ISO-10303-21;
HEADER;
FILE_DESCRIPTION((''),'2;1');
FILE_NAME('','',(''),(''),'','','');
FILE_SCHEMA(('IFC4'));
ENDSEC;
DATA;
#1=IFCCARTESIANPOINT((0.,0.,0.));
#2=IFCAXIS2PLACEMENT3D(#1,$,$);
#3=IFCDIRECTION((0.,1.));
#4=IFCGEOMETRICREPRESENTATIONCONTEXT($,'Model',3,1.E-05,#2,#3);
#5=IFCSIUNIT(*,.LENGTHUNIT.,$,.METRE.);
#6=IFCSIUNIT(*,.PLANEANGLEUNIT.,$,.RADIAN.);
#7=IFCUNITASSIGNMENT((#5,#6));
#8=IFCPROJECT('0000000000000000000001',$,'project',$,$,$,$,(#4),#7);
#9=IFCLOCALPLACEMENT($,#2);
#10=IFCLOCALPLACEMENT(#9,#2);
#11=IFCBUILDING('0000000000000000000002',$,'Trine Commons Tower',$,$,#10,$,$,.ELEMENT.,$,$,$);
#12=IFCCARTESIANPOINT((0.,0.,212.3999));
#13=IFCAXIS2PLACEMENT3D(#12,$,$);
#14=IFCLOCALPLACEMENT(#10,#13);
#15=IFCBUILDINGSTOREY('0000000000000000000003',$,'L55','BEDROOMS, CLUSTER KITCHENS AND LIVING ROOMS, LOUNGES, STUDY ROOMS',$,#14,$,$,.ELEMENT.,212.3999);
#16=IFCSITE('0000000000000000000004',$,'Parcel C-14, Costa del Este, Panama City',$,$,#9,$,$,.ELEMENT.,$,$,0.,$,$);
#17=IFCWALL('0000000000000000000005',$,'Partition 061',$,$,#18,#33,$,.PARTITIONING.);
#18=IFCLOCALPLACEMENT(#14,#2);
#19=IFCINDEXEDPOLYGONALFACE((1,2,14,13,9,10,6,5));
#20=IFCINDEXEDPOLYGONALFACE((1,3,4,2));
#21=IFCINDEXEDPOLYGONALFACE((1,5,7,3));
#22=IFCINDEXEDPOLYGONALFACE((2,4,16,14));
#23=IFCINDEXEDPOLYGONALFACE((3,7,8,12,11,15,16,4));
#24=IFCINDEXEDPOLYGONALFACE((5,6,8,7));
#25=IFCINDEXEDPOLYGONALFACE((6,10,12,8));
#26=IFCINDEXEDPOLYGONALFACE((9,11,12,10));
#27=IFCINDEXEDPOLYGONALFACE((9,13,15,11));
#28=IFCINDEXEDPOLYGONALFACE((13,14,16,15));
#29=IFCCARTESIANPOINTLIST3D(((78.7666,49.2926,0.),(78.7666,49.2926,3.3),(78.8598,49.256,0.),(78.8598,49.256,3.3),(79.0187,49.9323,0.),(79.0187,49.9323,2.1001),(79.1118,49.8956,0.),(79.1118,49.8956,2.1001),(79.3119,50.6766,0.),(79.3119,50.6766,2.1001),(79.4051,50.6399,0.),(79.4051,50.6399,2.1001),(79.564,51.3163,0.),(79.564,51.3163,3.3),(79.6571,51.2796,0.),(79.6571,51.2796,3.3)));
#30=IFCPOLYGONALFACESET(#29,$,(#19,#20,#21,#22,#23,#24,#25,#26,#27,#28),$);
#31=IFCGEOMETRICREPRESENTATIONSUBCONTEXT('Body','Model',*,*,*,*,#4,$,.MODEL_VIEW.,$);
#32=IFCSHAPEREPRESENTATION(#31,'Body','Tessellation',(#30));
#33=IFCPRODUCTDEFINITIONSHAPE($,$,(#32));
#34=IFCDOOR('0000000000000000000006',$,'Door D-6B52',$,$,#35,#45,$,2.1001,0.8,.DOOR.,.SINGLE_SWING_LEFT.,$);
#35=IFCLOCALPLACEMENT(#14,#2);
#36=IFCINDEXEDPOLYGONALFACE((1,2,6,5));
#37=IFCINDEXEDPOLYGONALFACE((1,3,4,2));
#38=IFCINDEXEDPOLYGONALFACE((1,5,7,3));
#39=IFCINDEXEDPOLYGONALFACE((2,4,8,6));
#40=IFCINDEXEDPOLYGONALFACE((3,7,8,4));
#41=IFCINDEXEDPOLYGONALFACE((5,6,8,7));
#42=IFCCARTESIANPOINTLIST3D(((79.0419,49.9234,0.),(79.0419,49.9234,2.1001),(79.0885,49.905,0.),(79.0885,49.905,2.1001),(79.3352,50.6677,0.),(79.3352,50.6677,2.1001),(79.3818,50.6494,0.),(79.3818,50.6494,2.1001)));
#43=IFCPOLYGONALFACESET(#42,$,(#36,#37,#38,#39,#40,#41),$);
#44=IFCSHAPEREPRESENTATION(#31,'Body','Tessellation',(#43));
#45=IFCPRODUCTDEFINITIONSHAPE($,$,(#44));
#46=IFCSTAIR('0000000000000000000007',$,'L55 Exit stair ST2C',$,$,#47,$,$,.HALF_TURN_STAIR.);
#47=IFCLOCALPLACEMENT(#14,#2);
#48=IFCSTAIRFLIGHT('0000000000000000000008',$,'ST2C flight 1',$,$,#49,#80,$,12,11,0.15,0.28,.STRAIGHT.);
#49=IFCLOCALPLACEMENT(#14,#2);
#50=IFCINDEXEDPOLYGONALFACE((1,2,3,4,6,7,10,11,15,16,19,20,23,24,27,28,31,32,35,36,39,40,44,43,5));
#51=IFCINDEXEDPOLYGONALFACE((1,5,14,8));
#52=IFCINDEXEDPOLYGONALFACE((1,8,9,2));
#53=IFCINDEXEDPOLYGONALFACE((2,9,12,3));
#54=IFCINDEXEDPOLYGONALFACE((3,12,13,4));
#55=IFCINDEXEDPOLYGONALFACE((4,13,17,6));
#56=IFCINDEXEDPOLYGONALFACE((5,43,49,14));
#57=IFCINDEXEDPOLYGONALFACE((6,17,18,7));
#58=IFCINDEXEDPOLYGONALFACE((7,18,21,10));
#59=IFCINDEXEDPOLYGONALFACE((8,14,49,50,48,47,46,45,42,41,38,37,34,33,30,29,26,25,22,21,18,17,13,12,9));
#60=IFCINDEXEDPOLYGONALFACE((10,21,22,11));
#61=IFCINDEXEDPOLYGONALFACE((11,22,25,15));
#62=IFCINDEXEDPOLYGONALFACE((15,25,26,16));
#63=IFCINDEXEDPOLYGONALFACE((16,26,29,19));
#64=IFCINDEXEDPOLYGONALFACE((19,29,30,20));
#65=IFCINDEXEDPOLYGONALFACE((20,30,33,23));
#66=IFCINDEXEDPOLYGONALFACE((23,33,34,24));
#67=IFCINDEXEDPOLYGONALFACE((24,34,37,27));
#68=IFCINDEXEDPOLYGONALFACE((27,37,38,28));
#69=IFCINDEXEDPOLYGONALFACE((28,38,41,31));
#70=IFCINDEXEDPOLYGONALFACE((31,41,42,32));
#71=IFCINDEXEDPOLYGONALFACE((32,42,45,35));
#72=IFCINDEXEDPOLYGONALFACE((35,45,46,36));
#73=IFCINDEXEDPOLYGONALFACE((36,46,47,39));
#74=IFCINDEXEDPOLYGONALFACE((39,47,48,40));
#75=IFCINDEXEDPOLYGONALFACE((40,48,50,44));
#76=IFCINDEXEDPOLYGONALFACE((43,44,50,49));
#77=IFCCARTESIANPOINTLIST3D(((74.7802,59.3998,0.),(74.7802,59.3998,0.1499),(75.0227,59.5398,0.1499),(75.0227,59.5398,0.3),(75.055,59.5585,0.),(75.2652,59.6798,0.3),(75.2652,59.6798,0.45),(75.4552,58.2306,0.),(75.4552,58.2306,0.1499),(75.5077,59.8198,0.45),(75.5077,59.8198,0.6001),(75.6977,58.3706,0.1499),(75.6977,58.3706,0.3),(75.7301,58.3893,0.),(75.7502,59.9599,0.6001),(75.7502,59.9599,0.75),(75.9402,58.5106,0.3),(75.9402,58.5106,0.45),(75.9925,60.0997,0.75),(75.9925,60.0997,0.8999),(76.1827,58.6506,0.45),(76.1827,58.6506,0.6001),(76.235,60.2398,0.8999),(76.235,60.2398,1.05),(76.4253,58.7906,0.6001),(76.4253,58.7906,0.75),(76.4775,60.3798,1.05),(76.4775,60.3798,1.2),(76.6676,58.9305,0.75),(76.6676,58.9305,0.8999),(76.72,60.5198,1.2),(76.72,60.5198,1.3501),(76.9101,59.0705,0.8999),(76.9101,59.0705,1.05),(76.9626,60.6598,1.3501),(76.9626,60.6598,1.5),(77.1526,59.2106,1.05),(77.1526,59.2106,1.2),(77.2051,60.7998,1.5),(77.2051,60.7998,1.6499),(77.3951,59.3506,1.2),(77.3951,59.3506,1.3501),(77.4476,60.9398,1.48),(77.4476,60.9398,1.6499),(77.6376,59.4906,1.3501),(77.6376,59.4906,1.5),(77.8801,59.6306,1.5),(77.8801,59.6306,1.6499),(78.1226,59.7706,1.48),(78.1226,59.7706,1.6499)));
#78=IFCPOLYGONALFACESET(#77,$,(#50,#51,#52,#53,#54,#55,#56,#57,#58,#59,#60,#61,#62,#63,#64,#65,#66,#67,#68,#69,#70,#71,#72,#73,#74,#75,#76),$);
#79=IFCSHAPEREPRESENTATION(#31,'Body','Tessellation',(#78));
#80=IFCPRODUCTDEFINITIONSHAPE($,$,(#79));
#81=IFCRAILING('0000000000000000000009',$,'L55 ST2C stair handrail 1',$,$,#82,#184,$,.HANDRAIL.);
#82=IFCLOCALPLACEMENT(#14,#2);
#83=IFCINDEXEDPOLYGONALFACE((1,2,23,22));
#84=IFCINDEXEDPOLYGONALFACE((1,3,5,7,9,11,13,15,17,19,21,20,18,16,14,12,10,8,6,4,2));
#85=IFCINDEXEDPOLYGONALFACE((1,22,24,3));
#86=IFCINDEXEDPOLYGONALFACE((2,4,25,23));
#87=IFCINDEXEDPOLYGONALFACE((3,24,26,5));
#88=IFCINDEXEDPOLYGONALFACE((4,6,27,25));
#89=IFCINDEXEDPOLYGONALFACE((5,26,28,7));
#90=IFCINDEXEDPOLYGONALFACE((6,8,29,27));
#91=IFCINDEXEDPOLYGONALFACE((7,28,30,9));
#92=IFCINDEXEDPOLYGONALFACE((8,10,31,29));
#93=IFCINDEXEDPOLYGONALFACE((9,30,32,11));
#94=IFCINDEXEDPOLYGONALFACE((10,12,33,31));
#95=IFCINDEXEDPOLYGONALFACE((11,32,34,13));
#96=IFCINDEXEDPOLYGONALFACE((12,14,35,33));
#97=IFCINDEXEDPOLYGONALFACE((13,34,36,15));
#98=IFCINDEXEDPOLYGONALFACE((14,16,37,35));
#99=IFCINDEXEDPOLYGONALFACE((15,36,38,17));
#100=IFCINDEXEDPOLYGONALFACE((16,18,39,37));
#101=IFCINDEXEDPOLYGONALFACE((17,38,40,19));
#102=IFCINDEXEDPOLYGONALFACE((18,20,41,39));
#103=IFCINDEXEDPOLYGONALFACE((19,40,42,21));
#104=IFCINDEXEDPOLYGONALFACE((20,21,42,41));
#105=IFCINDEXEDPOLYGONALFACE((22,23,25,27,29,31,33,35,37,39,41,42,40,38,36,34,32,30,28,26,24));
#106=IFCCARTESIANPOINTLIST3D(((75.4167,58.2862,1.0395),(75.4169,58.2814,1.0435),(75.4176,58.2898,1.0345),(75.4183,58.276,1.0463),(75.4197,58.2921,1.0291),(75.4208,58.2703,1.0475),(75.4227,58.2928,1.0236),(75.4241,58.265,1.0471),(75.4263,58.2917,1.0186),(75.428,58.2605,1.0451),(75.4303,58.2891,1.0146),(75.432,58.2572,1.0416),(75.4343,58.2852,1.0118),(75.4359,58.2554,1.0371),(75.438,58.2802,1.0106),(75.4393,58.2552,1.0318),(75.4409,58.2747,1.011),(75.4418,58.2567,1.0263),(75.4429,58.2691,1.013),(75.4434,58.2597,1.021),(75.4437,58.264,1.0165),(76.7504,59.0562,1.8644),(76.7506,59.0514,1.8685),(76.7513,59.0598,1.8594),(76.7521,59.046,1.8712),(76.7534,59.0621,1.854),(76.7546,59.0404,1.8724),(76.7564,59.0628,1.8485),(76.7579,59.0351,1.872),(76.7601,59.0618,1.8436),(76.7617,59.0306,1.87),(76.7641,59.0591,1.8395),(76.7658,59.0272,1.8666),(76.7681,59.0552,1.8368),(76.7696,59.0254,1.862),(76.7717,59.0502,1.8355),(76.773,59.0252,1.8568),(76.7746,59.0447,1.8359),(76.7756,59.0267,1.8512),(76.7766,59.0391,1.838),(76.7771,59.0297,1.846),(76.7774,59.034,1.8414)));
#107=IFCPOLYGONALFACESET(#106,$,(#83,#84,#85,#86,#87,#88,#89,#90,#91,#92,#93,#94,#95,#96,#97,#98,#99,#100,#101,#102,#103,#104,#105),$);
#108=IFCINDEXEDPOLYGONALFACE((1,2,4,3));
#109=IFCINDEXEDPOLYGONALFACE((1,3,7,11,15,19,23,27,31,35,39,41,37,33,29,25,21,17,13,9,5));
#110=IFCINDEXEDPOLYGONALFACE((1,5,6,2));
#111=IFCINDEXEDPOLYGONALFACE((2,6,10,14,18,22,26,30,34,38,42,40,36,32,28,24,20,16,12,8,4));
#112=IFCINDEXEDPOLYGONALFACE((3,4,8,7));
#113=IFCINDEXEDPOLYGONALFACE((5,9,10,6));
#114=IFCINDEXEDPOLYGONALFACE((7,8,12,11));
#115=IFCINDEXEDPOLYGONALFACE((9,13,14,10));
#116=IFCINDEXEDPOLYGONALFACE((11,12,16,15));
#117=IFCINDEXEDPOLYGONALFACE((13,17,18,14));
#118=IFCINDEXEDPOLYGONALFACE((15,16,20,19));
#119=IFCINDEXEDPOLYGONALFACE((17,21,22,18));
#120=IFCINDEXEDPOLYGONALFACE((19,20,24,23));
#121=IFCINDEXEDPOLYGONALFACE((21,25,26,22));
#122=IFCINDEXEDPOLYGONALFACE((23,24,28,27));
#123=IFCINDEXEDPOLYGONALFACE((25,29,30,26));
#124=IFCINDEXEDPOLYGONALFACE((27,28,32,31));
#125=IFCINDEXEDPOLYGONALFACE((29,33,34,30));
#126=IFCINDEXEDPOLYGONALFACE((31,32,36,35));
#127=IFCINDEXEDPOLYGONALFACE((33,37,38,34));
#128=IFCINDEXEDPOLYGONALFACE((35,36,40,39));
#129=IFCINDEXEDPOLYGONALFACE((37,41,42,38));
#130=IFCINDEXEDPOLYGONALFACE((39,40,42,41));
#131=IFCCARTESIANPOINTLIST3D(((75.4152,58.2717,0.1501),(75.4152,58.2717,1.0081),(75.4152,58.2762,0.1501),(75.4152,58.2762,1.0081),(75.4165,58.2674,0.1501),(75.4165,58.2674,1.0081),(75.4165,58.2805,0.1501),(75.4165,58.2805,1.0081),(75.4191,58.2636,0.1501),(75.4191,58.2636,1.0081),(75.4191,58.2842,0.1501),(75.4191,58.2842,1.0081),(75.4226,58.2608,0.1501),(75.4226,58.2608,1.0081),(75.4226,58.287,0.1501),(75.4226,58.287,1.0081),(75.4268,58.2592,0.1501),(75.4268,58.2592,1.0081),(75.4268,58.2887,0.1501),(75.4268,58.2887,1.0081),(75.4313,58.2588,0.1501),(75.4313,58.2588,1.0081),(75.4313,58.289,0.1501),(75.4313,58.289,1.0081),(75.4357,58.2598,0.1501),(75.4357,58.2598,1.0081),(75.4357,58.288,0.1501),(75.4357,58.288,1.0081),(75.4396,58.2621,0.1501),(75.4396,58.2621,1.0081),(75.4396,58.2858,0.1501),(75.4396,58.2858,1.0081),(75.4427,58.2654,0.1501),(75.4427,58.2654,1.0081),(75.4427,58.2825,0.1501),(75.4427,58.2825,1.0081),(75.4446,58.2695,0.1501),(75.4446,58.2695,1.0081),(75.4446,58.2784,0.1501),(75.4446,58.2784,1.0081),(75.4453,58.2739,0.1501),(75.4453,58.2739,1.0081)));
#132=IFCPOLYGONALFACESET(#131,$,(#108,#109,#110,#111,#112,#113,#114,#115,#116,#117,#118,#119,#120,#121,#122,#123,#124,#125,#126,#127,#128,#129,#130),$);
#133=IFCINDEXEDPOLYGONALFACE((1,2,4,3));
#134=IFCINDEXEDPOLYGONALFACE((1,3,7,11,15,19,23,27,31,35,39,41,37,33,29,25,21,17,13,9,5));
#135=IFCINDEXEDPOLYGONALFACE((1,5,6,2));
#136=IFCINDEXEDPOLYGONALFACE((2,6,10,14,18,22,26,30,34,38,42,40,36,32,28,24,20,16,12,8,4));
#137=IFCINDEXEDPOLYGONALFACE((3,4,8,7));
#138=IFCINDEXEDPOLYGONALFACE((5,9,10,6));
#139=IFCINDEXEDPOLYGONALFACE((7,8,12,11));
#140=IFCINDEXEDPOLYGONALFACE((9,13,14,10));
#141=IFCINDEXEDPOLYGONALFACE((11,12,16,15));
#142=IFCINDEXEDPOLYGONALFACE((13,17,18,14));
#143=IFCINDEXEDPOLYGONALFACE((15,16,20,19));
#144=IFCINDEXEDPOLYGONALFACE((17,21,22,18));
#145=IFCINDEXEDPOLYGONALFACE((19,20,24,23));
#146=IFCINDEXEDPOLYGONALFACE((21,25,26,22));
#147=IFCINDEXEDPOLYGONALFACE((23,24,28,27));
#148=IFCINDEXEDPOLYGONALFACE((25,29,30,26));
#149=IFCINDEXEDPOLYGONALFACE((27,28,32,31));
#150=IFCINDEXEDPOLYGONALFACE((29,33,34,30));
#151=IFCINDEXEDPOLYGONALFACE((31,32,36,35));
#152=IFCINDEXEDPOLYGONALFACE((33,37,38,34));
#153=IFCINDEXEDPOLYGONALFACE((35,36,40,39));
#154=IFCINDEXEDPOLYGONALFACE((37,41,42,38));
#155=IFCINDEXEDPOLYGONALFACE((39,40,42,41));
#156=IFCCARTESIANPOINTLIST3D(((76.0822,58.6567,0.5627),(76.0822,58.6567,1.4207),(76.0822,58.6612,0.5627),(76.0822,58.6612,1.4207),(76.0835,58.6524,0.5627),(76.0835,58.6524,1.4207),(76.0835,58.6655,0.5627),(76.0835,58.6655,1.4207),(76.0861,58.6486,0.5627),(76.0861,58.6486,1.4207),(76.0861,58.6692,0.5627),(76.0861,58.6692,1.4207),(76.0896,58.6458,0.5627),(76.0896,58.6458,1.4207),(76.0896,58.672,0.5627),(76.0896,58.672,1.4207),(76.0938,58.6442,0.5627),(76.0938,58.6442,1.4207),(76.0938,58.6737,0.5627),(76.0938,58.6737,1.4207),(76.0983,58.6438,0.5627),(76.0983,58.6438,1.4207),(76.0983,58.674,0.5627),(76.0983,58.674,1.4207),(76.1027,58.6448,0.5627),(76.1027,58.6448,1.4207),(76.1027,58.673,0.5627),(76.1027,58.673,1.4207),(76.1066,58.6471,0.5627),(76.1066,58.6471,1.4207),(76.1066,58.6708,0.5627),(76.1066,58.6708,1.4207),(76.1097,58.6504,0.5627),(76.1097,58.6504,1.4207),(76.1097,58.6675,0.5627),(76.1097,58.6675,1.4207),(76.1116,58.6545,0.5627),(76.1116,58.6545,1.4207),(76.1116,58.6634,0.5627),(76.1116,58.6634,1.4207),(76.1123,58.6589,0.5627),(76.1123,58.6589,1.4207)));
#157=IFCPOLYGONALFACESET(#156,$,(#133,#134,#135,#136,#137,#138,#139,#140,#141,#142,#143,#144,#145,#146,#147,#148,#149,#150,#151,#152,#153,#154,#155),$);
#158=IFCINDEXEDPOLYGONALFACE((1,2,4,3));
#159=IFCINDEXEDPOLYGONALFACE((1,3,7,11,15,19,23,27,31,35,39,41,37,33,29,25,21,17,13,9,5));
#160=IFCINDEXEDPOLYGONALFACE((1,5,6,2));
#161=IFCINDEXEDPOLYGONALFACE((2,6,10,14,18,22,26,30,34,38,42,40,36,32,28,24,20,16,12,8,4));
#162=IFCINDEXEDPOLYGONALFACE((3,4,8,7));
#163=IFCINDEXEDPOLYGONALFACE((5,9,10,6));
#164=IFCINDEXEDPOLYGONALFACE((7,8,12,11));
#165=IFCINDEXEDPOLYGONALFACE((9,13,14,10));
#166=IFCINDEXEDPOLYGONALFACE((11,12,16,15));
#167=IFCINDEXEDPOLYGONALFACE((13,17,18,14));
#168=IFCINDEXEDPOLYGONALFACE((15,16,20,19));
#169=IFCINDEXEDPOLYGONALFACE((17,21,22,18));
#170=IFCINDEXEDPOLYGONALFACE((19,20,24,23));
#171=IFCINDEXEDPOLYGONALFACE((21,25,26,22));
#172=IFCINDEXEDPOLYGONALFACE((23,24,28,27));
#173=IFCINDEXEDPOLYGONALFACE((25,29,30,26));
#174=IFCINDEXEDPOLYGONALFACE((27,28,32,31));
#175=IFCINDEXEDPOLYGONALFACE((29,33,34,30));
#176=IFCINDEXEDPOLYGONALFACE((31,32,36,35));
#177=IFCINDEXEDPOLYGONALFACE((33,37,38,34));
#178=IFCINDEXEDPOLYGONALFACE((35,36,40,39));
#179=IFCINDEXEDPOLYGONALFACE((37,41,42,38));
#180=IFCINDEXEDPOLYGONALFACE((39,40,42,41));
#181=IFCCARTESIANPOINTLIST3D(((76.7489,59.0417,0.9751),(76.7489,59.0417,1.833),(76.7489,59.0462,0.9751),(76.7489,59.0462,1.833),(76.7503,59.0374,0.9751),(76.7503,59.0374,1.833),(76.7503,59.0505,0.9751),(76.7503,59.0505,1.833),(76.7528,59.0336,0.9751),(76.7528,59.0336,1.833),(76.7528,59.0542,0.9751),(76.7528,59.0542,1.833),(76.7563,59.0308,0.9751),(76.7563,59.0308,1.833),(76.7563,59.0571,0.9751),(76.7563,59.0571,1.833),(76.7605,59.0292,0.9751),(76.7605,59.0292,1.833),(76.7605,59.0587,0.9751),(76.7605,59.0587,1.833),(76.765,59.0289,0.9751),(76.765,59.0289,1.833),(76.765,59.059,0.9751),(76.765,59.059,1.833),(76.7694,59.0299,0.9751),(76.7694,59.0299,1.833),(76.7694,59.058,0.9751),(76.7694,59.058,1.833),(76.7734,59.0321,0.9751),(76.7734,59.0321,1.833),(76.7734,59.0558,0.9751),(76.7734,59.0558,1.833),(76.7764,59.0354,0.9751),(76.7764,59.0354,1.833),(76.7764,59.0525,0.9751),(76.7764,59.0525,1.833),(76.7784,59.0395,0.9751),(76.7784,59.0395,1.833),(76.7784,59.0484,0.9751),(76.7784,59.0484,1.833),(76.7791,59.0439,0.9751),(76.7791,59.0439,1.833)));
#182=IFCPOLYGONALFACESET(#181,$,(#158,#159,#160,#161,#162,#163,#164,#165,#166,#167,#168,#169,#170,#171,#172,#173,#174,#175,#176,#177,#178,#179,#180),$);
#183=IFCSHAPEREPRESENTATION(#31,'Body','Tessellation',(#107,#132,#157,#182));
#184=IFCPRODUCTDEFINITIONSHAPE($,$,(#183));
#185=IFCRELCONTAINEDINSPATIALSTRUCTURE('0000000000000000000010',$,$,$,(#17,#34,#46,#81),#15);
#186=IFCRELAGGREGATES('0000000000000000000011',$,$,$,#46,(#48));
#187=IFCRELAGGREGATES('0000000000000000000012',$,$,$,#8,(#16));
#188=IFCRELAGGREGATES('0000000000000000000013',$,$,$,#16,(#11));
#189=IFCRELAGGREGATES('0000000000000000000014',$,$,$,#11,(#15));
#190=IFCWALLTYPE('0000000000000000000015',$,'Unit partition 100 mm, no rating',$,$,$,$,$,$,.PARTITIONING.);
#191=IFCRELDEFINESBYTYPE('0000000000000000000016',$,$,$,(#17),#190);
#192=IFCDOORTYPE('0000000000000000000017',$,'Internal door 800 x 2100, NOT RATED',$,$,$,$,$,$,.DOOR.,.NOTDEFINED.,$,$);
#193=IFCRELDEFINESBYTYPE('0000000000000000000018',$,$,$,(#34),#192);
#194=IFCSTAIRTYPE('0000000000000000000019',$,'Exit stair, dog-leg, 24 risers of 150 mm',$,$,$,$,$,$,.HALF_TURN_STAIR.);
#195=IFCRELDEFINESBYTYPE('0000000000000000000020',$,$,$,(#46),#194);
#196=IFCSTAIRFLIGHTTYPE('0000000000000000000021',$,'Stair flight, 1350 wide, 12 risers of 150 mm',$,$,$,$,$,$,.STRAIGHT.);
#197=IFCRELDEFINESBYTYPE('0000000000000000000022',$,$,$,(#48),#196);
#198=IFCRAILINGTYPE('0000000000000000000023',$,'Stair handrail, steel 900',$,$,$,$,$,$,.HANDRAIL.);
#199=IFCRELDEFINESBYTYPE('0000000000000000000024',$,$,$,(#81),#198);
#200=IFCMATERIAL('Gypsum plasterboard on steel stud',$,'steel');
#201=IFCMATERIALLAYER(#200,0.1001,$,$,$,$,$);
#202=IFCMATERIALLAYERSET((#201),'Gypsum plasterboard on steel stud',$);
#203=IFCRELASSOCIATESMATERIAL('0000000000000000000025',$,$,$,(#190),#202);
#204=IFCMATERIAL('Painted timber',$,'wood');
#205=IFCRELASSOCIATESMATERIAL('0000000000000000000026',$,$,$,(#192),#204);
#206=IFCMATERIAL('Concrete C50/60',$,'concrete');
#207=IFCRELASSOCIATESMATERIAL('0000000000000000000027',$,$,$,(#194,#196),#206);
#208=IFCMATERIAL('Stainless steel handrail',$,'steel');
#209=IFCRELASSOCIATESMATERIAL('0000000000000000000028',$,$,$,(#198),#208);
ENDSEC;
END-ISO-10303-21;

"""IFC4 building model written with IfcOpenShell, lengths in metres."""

from ifc_helpers import new_model, si_unit, direction, frame, frame_2d, origin, origin_2d, place, context, subcontext, project, spatial, polyline, rectangle, circle, outline, extrude, material, layer, layer_set, type_object, element, fill, aggregate, save


model = new_model("IFC4")

# Units and contexts
model_context = context("Model", 3, precision=1e-05, world=origin(), true_north=direction((0.0, 1.0)))
body_context = subcontext(model_context, "Body", "Model", "MODEL_VIEW")
ifc_project = project(units=[si_unit("LENGTHUNIT", "METRE"), si_unit("PLANEANGLEUNIT", "RADIAN")], contexts=[model_context])

# Site, building, storey
site_placement = place(None, origin())
site = spatial("IfcSite", under=ifc_project, at=site_placement, Name="Parcel C-14, Costa del Este, Panama City", CompositionType="ELEMENT", RefElevation=0.0)
building_placement = place(site_placement, origin())
building = spatial("IfcBuilding", under=site, at=building_placement, Name="Trine Commons Tower", CompositionType="ELEMENT")
storey_placement = place(building_placement, frame((0.0, 0.0, 212.3999)))
storey = spatial("IfcBuildingStorey", under=building, at=storey_placement, Name="L55", Description="BEDROOMS, CLUSTER KITCHENS AND LIVING ROOMS, LOUNGES, STUDY ROOMS", CompositionType="ELEMENT", Elevation=212.3999)

# Shared definitions
ifc_material_1 = material(Name="Gypsum plasterboard on steel stud", Category="steel")

# Shared definitions
ifc_layer_1 = layer(ifc_material_1, 0.1001)
ifc_layer_set_1 = layer_set([ifc_layer_1], Name="Gypsum plasterboard on steel stud")
wall_type_1 = type_object("IfcWallType", Name="Unit partition 100 mm, no rating", PredefinedType="PARTITIONING", material=ifc_layer_set_1)
ifc_material_2 = material(Name="Painted timber", Category="wood")
door_type_1 = type_object("IfcDoorType", Name="Internal door 800 x 2100, NOT RATED", OperationType="NOTDEFINED", PredefinedType="DOOR", material=ifc_material_2)

# Wall, opening, door
wall_1_placement = place(storey_placement, frame((78.8132, 49.2744, 0.0), z_axis=(0.0, 0.0, 1.0), x_axis=(0.366586, 0.930384, 0.0)))
wall_1 = element("IfcWall", 1, at=wall_1_placement, inside=storey, type_object=wall_type_1, Name="Partition 061", PredefinedType="PARTITIONING", context=body_context, shape_type="SweptSolid", body=[
    extrude(rectangle(XDim=2.175, YDim=0.1001, at=frame_2d((1.0874, 0.0))), origin(), (0.0, 0.0, 1.0), 3.3),
])
opening_1_placement = place(wall_1_placement, frame((0.6875, 0.0, 0.0)))
opening_1 = element("IfcOpeningElement", 2, at=opening_1_placement, cuts=wall_1, PredefinedType="OPENING", context=body_context, shape_type="SweptSolid", body=[
    extrude(rectangle(XDim=0.8, YDim=2.1001, at=frame_2d((0.3999, 1.05))), frame((0.0, 0.0601, 0.0), z_axis=(0.0, -1.0, 0.0), x_axis=(1.0, 0.0, 0.0)), (0.0, 0.0, 1.0), 0.1201),
])
door_1_placement = place(opening_1_placement, frame((0.8, 0.0, 0.0), z_axis=(0.0, 0.0, 1.0), x_axis=(-1.0, 0.0, 0.0)))
door_1 = element("IfcDoor", 3, at=door_1_placement, inside=storey, type_object=door_type_1, Name="Door D-6B52", OperationType="SINGLE_SWING_LEFT", OverallHeight=2.1001, OverallWidth=0.8, PredefinedType="DOOR", context=body_context, shape_type="SweptSolid", body=[
    extrude(rectangle(XDim=0.8, YDim=2.1001, at=frame_2d((0.3999, 1.05))), frame((0.0, 0.0249, 0.0), z_axis=(0.0, -1.0, 0.0), x_axis=(1.0, 0.0, 0.0)), (0.0, 0.0, 1.0), 0.05),
])
fill(opening_1, door_1)

# Stair, stair flight
ifc_material_3 = material(Name="Concrete C50/60", Category="concrete")
stair_type = type_object("IfcStairType", Name="Exit stair, dog-leg, 24 risers of 150 mm", PredefinedType="HALF_TURN_STAIR", material=ifc_material_3)
stair_placement = place(storey_placement, origin())
stair = element("IfcStair", 4, at=stair_placement, inside=storey, type_object=stair_type, Name="L55 Exit stair ST2C", PredefinedType="HALF_TURN_STAIR")
stair_flight_type = type_object("IfcStairFlightType", Name="Stair flight, 1350 wide, 12 risers of 150 mm", PredefinedType="STRAIGHT", material=ifc_material_3)
stair_flight_placement = place(storey_placement, frame((75.1177, 58.8152, 0.0), z_axis=(0.0, 0.0, 1.0), x_axis=(0.866025, 0.5, 0.0)))
stair_flight = element("IfcStairFlight", 5, at=stair_flight_placement, type_object=stair_flight_type, Name="ST2C flight 1", NumberOfRisers=12, NumberOfTreads=11, PredefinedType="STRAIGHT", RiserHeight=0.15, TreadLength=0.28, context=body_context, shape_type="SweptSolid", body=[
    extrude(outline(polyline([(0.0, 0.0), (0.0, 0.1499), (0.28, 0.1499), (0.28, 0.3), (0.5601, 0.3), (0.5601, 0.45), (0.8401, 0.45), (0.8401, 0.6001), (1.1201, 0.6001), (1.1201, 0.75), (1.3999, 0.75), (1.3999, 0.8999), (1.6799, 0.8999), (1.6799, 1.05), (1.96, 1.05), (1.96, 1.2), (2.24, 1.2), (2.24, 1.3501), (2.52, 1.3501), (2.52, 1.5), (2.8, 1.5), (2.8, 1.6499), (3.0801, 1.6499), (3.0801, 1.8), (3.0801, 1.48), (0.3174, 0.0), (0.0, 0.0)])), frame((0.0, 0.675, 0.0), z_axis=(0.0, -1.0, 0.0), x_axis=(1.0, 0.0, 0.0)), (0.0, 0.0, 1.0), 1.3501),
])
aggregate(stair, [stair_flight])

# Railing
ifc_material_4 = material(Name="Stainless steel handrail", Category="steel")
railing_type = type_object("IfcRailingType", Name="Stair handrail, steel 900", PredefinedType="HANDRAIL", material=ifc_material_4)
railing_placement = place(storey_placement, frame((75.4302, 58.2739, 0.1501)))
element("IfcRailing", 6, at=railing_placement, inside=storey, type_object=railing_type, Name="L55 ST2C stair handrail 1", PredefinedType="HANDRAIL", context=body_context, shape_type="SweptSolid", body=[
    extrude(circle(Radius=0.021, at=origin_2d()), frame((0.0, 0.0, 0.8789), z_axis=(0.763405, 0.440743, 0.472185), x_axis=(-0.499992, 0.86603, 0.0)), (0.0, 0.0, 1.0), 1.7471),
    extrude(circle(Radius=0.0151, at=origin_2d()), origin(), (0.0, 0.0, 1.0), 0.8579),
    extrude(circle(Radius=0.0151, at=origin_2d()), frame((0.667, 0.385, 0.4126)), (0.0, 0.0, 1.0), 0.8579),
    extrude(circle(Radius=0.0151, at=origin_2d()), frame((1.3337, 0.77, 0.825)), (0.0, 0.0, 1.0), 0.8579),
])

save(model, "model.ifc")
